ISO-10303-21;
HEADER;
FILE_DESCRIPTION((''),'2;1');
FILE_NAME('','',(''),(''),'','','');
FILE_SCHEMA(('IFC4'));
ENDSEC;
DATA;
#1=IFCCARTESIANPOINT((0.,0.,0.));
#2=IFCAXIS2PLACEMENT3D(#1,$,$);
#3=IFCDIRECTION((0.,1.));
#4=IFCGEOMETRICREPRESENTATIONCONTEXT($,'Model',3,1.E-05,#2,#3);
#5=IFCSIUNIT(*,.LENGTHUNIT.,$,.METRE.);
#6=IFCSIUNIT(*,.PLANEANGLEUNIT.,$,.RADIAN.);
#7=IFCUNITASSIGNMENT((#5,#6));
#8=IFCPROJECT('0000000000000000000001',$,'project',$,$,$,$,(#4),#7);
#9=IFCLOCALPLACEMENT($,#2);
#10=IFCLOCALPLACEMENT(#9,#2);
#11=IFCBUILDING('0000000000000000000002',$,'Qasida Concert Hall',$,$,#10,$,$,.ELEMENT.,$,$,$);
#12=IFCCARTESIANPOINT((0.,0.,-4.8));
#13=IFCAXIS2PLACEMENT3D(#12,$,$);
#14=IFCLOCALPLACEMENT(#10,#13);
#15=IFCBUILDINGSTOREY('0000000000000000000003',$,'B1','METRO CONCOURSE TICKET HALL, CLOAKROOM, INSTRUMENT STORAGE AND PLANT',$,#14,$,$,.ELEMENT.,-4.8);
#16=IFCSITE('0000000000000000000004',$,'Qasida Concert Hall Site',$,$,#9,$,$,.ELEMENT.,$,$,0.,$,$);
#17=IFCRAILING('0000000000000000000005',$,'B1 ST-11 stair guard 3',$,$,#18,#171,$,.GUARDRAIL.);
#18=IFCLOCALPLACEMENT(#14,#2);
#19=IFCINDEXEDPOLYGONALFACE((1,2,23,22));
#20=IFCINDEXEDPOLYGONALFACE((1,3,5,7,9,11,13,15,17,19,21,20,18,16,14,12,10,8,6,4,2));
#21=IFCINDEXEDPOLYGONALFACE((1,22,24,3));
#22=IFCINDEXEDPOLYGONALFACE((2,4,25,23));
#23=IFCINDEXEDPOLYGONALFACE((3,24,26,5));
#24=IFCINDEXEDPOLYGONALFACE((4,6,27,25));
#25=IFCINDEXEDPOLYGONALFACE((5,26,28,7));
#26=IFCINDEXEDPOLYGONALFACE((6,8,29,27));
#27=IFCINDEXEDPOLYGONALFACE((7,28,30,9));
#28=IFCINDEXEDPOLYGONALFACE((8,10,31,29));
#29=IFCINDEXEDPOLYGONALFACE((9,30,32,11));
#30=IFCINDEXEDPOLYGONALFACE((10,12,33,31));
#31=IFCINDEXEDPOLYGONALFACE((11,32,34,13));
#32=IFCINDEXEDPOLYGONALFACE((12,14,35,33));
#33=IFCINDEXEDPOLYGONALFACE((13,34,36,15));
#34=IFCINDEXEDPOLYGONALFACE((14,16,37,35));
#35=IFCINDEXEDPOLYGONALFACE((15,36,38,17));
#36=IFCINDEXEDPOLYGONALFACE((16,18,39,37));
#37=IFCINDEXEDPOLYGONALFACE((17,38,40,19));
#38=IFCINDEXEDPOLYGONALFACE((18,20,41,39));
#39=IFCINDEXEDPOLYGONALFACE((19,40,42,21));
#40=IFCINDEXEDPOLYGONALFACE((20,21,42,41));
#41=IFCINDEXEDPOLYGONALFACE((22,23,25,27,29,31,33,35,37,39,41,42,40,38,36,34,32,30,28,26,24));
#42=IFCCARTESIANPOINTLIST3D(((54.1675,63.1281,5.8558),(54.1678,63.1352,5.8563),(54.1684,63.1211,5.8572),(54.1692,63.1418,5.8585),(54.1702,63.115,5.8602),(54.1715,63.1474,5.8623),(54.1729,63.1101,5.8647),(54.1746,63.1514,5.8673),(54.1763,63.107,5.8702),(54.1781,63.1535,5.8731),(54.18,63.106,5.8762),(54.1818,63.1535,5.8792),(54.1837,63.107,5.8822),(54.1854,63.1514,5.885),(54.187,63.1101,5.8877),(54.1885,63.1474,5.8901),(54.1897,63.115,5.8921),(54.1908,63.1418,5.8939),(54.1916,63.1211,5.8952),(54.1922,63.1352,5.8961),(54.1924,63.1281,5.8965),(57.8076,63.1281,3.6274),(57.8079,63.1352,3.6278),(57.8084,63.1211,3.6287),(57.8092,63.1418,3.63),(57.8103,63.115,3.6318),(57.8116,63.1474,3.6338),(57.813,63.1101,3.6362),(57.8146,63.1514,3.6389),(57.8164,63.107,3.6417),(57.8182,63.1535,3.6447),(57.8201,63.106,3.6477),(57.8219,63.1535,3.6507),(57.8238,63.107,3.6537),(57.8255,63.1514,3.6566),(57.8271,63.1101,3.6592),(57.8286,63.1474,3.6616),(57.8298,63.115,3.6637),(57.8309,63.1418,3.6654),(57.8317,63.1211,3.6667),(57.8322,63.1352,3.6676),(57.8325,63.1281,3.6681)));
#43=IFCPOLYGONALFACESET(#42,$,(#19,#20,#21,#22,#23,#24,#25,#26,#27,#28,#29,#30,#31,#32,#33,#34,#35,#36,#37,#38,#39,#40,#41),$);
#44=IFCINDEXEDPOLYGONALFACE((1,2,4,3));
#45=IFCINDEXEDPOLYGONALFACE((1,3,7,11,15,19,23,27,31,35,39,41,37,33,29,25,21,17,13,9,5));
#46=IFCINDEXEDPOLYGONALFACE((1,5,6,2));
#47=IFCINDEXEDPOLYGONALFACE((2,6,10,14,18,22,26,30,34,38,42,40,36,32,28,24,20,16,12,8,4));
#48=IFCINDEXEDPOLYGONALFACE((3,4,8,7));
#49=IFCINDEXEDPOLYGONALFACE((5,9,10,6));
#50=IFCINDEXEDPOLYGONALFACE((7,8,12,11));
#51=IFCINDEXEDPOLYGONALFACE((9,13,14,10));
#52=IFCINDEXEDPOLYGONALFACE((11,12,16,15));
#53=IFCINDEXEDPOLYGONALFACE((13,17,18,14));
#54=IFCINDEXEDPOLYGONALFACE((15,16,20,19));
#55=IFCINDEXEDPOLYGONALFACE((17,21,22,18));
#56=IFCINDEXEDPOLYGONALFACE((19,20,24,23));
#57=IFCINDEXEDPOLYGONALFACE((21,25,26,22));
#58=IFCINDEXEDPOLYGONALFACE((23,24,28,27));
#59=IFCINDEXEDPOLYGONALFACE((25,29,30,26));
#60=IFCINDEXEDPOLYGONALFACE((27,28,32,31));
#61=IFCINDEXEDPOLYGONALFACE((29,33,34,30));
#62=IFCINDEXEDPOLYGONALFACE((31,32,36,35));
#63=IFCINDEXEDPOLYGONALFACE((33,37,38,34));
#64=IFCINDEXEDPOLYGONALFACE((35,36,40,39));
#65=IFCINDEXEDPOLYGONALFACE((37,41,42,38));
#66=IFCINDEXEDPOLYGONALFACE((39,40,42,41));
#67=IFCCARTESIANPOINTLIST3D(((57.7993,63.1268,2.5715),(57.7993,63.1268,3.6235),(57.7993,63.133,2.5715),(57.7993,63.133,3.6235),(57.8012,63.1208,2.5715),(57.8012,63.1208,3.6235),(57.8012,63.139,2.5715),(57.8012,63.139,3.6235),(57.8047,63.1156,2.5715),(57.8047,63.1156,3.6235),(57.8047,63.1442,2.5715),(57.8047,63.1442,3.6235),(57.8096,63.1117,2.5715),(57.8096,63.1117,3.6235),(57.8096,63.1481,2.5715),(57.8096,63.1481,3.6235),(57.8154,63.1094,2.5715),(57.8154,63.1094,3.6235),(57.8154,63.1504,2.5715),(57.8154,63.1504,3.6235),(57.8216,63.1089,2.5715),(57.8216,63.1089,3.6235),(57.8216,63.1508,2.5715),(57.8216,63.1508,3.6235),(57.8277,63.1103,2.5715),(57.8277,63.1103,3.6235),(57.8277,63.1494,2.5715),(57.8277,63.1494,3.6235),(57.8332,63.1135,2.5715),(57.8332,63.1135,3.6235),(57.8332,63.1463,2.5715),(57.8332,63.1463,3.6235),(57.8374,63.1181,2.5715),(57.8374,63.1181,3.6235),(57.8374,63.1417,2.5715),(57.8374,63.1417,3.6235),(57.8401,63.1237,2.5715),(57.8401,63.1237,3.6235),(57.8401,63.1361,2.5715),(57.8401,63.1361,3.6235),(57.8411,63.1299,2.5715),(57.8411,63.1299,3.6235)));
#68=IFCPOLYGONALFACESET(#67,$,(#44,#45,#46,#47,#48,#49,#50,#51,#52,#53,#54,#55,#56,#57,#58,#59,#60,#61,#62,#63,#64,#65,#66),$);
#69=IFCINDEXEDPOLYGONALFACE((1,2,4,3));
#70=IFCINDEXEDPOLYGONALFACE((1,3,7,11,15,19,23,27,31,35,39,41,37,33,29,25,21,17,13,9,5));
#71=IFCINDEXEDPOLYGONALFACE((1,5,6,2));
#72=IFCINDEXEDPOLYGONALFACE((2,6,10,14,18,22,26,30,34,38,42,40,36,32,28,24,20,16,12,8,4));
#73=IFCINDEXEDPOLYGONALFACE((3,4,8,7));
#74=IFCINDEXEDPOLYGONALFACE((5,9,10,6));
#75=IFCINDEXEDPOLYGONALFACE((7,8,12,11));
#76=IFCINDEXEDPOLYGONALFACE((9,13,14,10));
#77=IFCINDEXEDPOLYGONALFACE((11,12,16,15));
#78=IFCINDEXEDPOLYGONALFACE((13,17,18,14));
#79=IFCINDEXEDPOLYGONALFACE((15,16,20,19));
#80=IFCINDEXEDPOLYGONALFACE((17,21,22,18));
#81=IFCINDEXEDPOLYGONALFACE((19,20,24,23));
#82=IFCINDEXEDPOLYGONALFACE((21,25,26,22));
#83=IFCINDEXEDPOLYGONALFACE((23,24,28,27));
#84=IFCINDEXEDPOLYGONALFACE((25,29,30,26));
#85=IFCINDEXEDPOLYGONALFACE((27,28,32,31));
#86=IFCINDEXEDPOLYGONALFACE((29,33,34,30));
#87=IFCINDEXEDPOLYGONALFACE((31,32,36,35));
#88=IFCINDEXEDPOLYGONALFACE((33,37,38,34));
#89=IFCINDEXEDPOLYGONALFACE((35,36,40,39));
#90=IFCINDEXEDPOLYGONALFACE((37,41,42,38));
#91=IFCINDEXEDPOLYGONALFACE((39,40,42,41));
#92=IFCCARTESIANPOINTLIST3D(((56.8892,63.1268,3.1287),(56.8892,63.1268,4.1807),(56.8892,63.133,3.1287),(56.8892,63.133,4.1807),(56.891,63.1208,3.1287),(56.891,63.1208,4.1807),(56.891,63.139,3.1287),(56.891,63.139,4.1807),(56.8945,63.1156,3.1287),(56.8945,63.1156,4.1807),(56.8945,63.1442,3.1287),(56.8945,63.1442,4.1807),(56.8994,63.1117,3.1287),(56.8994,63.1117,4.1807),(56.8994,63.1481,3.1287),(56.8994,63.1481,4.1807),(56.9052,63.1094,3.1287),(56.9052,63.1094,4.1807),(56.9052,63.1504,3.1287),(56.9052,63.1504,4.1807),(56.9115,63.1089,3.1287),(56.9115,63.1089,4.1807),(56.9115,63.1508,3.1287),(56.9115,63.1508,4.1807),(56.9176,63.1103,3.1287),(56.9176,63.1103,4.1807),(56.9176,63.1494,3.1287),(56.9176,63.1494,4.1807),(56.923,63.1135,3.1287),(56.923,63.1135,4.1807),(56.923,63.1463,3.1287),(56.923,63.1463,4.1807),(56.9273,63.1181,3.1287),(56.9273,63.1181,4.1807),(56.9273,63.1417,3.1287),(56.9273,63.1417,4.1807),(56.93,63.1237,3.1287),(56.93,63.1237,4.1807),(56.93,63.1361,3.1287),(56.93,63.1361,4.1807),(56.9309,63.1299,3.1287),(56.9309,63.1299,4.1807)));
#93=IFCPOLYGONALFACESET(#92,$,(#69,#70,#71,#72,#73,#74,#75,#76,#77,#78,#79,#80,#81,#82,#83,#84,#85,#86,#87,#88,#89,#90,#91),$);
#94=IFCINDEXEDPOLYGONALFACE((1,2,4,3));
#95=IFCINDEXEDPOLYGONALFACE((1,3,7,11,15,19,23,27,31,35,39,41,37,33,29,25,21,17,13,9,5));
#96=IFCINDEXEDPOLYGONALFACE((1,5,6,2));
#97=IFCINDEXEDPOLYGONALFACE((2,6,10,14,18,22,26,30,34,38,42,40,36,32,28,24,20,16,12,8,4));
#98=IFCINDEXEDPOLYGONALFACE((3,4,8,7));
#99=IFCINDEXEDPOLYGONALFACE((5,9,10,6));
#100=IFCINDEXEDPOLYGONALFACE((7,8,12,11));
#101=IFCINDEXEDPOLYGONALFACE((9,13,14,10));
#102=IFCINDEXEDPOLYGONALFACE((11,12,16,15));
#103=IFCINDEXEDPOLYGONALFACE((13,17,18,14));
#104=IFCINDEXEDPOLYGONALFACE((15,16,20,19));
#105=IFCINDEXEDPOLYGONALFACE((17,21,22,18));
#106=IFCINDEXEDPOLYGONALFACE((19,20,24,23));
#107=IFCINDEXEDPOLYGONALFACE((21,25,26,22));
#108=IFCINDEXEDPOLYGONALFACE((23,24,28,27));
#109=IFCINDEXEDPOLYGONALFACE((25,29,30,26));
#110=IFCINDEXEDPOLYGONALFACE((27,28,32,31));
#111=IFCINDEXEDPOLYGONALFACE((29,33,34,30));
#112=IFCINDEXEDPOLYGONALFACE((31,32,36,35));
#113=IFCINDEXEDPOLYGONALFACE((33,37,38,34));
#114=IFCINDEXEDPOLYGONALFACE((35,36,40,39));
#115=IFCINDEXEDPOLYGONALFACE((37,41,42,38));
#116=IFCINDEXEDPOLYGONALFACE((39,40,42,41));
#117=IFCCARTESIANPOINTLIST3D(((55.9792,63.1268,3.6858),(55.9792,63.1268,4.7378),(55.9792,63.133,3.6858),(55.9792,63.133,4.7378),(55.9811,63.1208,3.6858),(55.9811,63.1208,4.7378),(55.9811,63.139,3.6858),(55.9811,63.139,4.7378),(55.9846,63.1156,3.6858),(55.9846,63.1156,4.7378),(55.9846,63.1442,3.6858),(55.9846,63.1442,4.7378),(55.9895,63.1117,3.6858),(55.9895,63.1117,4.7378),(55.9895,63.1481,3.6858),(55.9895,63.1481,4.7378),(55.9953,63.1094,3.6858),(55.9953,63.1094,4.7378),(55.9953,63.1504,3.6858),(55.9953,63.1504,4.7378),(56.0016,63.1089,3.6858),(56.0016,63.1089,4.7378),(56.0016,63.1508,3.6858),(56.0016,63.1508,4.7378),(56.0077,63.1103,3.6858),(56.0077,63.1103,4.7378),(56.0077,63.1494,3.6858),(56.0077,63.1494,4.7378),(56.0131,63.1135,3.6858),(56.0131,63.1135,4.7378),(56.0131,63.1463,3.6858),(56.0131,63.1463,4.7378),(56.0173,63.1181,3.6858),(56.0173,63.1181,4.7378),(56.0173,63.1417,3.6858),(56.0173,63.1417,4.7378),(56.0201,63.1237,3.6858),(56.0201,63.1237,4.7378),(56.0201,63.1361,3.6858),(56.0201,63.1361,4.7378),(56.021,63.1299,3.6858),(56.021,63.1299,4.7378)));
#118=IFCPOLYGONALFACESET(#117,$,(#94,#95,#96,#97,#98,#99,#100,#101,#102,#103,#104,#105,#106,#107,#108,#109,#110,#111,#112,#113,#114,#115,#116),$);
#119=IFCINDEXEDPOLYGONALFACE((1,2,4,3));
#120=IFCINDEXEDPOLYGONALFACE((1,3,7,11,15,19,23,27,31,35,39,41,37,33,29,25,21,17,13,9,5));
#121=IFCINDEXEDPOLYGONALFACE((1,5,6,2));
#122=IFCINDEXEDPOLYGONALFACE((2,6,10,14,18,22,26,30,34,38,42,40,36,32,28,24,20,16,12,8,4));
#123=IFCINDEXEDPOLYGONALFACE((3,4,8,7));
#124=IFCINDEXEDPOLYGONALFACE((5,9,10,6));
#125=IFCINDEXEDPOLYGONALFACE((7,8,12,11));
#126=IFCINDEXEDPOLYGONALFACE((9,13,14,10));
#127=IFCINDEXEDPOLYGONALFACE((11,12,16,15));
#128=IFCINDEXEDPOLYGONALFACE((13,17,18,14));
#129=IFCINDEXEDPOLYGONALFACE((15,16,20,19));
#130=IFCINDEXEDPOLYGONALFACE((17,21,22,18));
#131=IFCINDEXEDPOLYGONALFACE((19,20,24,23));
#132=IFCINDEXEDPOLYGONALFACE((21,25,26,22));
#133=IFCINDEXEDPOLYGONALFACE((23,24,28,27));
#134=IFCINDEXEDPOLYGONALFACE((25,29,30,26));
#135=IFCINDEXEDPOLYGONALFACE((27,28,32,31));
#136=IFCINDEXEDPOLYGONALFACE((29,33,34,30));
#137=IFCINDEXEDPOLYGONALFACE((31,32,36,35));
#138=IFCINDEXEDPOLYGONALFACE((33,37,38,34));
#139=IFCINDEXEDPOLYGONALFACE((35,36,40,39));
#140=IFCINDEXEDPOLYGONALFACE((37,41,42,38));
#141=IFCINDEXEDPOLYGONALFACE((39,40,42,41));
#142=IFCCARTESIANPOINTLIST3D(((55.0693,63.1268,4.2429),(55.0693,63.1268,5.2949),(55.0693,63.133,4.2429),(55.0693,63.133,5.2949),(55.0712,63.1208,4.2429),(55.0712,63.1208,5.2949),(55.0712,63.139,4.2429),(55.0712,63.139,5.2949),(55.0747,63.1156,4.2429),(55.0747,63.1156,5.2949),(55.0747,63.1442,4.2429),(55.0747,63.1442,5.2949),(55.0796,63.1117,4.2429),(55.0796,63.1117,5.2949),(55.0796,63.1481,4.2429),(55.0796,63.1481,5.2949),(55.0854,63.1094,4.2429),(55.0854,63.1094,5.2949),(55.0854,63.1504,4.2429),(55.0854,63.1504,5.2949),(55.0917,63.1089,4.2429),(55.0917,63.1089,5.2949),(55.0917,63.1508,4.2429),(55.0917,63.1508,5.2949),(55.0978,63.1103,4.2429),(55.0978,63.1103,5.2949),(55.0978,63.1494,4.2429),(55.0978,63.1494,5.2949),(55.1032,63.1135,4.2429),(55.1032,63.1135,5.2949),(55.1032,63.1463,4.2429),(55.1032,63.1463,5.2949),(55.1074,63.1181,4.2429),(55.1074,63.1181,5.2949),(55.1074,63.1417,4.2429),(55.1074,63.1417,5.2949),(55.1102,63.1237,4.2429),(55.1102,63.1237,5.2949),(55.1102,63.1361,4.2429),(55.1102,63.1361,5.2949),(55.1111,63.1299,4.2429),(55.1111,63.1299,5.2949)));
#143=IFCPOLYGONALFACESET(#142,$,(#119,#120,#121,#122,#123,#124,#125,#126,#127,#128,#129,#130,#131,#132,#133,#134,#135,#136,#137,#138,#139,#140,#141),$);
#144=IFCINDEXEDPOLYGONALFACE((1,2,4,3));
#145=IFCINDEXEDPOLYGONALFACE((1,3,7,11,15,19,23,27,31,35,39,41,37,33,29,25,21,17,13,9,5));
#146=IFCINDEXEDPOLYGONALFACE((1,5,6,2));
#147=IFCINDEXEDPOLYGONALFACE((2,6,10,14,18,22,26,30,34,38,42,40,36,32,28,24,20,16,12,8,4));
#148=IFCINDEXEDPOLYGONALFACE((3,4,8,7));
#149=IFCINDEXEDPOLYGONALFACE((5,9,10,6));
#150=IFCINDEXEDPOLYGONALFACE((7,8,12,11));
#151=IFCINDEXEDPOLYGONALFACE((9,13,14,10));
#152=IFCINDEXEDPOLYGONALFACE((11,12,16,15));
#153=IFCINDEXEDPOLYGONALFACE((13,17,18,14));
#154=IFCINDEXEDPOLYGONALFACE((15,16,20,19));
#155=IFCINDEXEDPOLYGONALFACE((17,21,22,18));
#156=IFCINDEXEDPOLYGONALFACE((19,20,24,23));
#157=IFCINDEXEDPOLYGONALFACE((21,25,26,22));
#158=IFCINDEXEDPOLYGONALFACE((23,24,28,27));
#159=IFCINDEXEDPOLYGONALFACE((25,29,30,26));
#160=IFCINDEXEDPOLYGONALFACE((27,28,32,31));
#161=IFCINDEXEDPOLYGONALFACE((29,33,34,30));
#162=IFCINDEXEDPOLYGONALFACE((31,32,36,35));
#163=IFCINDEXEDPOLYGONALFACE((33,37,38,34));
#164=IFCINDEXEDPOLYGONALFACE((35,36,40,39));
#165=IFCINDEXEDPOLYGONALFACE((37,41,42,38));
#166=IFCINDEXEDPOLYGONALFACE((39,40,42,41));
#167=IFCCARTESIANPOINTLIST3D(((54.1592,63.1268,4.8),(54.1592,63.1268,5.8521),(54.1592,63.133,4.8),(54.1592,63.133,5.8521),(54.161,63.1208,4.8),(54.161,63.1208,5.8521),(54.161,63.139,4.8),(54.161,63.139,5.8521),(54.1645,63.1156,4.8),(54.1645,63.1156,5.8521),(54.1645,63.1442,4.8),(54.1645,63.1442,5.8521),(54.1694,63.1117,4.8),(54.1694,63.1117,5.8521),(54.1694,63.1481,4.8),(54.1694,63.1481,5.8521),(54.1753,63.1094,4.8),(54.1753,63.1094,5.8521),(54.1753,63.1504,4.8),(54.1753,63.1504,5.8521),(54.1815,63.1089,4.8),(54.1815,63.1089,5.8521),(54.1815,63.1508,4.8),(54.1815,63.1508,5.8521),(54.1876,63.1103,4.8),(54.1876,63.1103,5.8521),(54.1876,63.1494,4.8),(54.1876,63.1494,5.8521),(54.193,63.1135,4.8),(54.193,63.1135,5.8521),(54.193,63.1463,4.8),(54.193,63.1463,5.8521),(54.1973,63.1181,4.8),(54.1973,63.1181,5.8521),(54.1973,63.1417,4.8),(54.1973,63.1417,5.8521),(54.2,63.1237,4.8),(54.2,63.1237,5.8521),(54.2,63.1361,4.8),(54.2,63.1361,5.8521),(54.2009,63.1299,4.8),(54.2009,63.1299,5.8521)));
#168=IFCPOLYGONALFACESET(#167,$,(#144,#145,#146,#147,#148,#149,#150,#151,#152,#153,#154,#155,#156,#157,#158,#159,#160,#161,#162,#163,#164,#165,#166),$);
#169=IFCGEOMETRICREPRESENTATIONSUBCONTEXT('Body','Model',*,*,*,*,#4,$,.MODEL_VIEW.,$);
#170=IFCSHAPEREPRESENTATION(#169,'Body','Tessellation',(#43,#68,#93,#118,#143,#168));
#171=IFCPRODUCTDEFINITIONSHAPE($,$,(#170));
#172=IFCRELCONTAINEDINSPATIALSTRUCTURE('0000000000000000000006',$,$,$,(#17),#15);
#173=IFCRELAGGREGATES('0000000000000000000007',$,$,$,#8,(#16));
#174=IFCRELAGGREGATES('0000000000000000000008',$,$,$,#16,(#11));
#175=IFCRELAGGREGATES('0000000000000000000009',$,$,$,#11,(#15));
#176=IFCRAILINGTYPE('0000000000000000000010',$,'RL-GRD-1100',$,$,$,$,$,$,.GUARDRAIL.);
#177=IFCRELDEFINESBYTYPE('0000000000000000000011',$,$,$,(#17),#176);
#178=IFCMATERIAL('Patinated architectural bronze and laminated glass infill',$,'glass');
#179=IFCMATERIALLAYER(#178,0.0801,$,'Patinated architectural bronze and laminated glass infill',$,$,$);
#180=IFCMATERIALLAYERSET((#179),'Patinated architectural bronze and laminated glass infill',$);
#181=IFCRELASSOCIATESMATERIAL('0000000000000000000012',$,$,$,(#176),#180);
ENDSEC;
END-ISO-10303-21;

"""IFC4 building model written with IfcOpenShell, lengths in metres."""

from ifc_helpers import new_model, si_unit, direction, frame, origin, origin_2d, place, context, subcontext, project, spatial, circle, extrude, material, layer, layer_set, type_object, element, save


model = new_model("IFC4")

# Units and contexts
model_context = context("Model", 3, precision=1e-05, world=origin(), true_north=direction((0.0, 1.0)))
body_context = subcontext(model_context, "Body", "Model", "MODEL_VIEW")
ifc_project = project(units=[si_unit("LENGTHUNIT", "METRE"), si_unit("PLANEANGLEUNIT", "RADIAN")], contexts=[model_context])

# Site, building, storey
site_placement = place(None, origin())
site = spatial("IfcSite", under=ifc_project, at=site_placement, Name="Qasida Concert Hall Site", CompositionType="ELEMENT", RefElevation=0.0)
building_placement = place(site_placement, origin())
building = spatial("IfcBuilding", under=site, at=building_placement, Name="Qasida Concert Hall", CompositionType="ELEMENT")
storey_placement = place(building_placement, frame((0.0, 0.0, -4.8)))
storey = spatial("IfcBuildingStorey", under=building, at=storey_placement, Name="B1", Description="METRO CONCOURSE TICKET HALL, CLOAKROOM, INSTRUMENT STORAGE AND PLANT", CompositionType="ELEMENT", Elevation=-4.8)

# Railing
ifc_material_1 = material(Name="Patinated architectural bronze and laminated glass infill", Category="glass")
ifc_layer_1 = layer(ifc_material_1, 0.0801, Name="Patinated architectural bronze and laminated glass infill")
ifc_layer_set_1 = layer_set([ifc_layer_1], Name="Patinated architectural bronze and laminated glass infill")
railing_type_1 = type_object("IfcRailingType", Name="RL-GRD-1100", PredefinedType="GUARDRAIL", material=ifc_layer_set_1)
railing_1_placement = place(storey_placement, frame((57.8201, 63.1299, 2.5715)))
element("IfcRailing", 1, at=railing_1_placement, inside=storey, type_object=railing_type_1, Name="B1 ST-11 stair guard 3", PredefinedType="GUARDRAIL", context=body_context, shape_type="SweptSolid", body=[
    extrude(circle(Radius=0.0239, at=origin_2d()), frame((0.0, 0.0, 1.0762), z_axis=(-0.852866, 0.0, 0.52213), x_axis=(0.0, -1.0, 0.0)), (0.0, 0.0, 1.0), 4.2681),
    extrude(circle(Radius=0.021, at=origin_2d()), origin(), (0.0, 0.0, 1.0), 1.052),
    extrude(circle(Radius=0.021, at=origin_2d()), frame((-0.9102, 0.0, 0.5571)), (0.0, 0.0, 1.0), 1.052),
    extrude(circle(Radius=0.021, at=origin_2d()), frame((-1.8201, 0.0, 1.1143)), (0.0, 0.0, 1.0), 1.052),
    extrude(circle(Radius=0.021, at=origin_2d()), frame((-2.73, 0.0, 1.6714)), (0.0, 0.0, 1.0), 1.052),
    extrude(circle(Radius=0.021, at=origin_2d()), frame((-3.6401, 0.0, 2.2285)), (0.0, 0.0, 1.0), 1.052),
])

save(model, "model.ifc")
